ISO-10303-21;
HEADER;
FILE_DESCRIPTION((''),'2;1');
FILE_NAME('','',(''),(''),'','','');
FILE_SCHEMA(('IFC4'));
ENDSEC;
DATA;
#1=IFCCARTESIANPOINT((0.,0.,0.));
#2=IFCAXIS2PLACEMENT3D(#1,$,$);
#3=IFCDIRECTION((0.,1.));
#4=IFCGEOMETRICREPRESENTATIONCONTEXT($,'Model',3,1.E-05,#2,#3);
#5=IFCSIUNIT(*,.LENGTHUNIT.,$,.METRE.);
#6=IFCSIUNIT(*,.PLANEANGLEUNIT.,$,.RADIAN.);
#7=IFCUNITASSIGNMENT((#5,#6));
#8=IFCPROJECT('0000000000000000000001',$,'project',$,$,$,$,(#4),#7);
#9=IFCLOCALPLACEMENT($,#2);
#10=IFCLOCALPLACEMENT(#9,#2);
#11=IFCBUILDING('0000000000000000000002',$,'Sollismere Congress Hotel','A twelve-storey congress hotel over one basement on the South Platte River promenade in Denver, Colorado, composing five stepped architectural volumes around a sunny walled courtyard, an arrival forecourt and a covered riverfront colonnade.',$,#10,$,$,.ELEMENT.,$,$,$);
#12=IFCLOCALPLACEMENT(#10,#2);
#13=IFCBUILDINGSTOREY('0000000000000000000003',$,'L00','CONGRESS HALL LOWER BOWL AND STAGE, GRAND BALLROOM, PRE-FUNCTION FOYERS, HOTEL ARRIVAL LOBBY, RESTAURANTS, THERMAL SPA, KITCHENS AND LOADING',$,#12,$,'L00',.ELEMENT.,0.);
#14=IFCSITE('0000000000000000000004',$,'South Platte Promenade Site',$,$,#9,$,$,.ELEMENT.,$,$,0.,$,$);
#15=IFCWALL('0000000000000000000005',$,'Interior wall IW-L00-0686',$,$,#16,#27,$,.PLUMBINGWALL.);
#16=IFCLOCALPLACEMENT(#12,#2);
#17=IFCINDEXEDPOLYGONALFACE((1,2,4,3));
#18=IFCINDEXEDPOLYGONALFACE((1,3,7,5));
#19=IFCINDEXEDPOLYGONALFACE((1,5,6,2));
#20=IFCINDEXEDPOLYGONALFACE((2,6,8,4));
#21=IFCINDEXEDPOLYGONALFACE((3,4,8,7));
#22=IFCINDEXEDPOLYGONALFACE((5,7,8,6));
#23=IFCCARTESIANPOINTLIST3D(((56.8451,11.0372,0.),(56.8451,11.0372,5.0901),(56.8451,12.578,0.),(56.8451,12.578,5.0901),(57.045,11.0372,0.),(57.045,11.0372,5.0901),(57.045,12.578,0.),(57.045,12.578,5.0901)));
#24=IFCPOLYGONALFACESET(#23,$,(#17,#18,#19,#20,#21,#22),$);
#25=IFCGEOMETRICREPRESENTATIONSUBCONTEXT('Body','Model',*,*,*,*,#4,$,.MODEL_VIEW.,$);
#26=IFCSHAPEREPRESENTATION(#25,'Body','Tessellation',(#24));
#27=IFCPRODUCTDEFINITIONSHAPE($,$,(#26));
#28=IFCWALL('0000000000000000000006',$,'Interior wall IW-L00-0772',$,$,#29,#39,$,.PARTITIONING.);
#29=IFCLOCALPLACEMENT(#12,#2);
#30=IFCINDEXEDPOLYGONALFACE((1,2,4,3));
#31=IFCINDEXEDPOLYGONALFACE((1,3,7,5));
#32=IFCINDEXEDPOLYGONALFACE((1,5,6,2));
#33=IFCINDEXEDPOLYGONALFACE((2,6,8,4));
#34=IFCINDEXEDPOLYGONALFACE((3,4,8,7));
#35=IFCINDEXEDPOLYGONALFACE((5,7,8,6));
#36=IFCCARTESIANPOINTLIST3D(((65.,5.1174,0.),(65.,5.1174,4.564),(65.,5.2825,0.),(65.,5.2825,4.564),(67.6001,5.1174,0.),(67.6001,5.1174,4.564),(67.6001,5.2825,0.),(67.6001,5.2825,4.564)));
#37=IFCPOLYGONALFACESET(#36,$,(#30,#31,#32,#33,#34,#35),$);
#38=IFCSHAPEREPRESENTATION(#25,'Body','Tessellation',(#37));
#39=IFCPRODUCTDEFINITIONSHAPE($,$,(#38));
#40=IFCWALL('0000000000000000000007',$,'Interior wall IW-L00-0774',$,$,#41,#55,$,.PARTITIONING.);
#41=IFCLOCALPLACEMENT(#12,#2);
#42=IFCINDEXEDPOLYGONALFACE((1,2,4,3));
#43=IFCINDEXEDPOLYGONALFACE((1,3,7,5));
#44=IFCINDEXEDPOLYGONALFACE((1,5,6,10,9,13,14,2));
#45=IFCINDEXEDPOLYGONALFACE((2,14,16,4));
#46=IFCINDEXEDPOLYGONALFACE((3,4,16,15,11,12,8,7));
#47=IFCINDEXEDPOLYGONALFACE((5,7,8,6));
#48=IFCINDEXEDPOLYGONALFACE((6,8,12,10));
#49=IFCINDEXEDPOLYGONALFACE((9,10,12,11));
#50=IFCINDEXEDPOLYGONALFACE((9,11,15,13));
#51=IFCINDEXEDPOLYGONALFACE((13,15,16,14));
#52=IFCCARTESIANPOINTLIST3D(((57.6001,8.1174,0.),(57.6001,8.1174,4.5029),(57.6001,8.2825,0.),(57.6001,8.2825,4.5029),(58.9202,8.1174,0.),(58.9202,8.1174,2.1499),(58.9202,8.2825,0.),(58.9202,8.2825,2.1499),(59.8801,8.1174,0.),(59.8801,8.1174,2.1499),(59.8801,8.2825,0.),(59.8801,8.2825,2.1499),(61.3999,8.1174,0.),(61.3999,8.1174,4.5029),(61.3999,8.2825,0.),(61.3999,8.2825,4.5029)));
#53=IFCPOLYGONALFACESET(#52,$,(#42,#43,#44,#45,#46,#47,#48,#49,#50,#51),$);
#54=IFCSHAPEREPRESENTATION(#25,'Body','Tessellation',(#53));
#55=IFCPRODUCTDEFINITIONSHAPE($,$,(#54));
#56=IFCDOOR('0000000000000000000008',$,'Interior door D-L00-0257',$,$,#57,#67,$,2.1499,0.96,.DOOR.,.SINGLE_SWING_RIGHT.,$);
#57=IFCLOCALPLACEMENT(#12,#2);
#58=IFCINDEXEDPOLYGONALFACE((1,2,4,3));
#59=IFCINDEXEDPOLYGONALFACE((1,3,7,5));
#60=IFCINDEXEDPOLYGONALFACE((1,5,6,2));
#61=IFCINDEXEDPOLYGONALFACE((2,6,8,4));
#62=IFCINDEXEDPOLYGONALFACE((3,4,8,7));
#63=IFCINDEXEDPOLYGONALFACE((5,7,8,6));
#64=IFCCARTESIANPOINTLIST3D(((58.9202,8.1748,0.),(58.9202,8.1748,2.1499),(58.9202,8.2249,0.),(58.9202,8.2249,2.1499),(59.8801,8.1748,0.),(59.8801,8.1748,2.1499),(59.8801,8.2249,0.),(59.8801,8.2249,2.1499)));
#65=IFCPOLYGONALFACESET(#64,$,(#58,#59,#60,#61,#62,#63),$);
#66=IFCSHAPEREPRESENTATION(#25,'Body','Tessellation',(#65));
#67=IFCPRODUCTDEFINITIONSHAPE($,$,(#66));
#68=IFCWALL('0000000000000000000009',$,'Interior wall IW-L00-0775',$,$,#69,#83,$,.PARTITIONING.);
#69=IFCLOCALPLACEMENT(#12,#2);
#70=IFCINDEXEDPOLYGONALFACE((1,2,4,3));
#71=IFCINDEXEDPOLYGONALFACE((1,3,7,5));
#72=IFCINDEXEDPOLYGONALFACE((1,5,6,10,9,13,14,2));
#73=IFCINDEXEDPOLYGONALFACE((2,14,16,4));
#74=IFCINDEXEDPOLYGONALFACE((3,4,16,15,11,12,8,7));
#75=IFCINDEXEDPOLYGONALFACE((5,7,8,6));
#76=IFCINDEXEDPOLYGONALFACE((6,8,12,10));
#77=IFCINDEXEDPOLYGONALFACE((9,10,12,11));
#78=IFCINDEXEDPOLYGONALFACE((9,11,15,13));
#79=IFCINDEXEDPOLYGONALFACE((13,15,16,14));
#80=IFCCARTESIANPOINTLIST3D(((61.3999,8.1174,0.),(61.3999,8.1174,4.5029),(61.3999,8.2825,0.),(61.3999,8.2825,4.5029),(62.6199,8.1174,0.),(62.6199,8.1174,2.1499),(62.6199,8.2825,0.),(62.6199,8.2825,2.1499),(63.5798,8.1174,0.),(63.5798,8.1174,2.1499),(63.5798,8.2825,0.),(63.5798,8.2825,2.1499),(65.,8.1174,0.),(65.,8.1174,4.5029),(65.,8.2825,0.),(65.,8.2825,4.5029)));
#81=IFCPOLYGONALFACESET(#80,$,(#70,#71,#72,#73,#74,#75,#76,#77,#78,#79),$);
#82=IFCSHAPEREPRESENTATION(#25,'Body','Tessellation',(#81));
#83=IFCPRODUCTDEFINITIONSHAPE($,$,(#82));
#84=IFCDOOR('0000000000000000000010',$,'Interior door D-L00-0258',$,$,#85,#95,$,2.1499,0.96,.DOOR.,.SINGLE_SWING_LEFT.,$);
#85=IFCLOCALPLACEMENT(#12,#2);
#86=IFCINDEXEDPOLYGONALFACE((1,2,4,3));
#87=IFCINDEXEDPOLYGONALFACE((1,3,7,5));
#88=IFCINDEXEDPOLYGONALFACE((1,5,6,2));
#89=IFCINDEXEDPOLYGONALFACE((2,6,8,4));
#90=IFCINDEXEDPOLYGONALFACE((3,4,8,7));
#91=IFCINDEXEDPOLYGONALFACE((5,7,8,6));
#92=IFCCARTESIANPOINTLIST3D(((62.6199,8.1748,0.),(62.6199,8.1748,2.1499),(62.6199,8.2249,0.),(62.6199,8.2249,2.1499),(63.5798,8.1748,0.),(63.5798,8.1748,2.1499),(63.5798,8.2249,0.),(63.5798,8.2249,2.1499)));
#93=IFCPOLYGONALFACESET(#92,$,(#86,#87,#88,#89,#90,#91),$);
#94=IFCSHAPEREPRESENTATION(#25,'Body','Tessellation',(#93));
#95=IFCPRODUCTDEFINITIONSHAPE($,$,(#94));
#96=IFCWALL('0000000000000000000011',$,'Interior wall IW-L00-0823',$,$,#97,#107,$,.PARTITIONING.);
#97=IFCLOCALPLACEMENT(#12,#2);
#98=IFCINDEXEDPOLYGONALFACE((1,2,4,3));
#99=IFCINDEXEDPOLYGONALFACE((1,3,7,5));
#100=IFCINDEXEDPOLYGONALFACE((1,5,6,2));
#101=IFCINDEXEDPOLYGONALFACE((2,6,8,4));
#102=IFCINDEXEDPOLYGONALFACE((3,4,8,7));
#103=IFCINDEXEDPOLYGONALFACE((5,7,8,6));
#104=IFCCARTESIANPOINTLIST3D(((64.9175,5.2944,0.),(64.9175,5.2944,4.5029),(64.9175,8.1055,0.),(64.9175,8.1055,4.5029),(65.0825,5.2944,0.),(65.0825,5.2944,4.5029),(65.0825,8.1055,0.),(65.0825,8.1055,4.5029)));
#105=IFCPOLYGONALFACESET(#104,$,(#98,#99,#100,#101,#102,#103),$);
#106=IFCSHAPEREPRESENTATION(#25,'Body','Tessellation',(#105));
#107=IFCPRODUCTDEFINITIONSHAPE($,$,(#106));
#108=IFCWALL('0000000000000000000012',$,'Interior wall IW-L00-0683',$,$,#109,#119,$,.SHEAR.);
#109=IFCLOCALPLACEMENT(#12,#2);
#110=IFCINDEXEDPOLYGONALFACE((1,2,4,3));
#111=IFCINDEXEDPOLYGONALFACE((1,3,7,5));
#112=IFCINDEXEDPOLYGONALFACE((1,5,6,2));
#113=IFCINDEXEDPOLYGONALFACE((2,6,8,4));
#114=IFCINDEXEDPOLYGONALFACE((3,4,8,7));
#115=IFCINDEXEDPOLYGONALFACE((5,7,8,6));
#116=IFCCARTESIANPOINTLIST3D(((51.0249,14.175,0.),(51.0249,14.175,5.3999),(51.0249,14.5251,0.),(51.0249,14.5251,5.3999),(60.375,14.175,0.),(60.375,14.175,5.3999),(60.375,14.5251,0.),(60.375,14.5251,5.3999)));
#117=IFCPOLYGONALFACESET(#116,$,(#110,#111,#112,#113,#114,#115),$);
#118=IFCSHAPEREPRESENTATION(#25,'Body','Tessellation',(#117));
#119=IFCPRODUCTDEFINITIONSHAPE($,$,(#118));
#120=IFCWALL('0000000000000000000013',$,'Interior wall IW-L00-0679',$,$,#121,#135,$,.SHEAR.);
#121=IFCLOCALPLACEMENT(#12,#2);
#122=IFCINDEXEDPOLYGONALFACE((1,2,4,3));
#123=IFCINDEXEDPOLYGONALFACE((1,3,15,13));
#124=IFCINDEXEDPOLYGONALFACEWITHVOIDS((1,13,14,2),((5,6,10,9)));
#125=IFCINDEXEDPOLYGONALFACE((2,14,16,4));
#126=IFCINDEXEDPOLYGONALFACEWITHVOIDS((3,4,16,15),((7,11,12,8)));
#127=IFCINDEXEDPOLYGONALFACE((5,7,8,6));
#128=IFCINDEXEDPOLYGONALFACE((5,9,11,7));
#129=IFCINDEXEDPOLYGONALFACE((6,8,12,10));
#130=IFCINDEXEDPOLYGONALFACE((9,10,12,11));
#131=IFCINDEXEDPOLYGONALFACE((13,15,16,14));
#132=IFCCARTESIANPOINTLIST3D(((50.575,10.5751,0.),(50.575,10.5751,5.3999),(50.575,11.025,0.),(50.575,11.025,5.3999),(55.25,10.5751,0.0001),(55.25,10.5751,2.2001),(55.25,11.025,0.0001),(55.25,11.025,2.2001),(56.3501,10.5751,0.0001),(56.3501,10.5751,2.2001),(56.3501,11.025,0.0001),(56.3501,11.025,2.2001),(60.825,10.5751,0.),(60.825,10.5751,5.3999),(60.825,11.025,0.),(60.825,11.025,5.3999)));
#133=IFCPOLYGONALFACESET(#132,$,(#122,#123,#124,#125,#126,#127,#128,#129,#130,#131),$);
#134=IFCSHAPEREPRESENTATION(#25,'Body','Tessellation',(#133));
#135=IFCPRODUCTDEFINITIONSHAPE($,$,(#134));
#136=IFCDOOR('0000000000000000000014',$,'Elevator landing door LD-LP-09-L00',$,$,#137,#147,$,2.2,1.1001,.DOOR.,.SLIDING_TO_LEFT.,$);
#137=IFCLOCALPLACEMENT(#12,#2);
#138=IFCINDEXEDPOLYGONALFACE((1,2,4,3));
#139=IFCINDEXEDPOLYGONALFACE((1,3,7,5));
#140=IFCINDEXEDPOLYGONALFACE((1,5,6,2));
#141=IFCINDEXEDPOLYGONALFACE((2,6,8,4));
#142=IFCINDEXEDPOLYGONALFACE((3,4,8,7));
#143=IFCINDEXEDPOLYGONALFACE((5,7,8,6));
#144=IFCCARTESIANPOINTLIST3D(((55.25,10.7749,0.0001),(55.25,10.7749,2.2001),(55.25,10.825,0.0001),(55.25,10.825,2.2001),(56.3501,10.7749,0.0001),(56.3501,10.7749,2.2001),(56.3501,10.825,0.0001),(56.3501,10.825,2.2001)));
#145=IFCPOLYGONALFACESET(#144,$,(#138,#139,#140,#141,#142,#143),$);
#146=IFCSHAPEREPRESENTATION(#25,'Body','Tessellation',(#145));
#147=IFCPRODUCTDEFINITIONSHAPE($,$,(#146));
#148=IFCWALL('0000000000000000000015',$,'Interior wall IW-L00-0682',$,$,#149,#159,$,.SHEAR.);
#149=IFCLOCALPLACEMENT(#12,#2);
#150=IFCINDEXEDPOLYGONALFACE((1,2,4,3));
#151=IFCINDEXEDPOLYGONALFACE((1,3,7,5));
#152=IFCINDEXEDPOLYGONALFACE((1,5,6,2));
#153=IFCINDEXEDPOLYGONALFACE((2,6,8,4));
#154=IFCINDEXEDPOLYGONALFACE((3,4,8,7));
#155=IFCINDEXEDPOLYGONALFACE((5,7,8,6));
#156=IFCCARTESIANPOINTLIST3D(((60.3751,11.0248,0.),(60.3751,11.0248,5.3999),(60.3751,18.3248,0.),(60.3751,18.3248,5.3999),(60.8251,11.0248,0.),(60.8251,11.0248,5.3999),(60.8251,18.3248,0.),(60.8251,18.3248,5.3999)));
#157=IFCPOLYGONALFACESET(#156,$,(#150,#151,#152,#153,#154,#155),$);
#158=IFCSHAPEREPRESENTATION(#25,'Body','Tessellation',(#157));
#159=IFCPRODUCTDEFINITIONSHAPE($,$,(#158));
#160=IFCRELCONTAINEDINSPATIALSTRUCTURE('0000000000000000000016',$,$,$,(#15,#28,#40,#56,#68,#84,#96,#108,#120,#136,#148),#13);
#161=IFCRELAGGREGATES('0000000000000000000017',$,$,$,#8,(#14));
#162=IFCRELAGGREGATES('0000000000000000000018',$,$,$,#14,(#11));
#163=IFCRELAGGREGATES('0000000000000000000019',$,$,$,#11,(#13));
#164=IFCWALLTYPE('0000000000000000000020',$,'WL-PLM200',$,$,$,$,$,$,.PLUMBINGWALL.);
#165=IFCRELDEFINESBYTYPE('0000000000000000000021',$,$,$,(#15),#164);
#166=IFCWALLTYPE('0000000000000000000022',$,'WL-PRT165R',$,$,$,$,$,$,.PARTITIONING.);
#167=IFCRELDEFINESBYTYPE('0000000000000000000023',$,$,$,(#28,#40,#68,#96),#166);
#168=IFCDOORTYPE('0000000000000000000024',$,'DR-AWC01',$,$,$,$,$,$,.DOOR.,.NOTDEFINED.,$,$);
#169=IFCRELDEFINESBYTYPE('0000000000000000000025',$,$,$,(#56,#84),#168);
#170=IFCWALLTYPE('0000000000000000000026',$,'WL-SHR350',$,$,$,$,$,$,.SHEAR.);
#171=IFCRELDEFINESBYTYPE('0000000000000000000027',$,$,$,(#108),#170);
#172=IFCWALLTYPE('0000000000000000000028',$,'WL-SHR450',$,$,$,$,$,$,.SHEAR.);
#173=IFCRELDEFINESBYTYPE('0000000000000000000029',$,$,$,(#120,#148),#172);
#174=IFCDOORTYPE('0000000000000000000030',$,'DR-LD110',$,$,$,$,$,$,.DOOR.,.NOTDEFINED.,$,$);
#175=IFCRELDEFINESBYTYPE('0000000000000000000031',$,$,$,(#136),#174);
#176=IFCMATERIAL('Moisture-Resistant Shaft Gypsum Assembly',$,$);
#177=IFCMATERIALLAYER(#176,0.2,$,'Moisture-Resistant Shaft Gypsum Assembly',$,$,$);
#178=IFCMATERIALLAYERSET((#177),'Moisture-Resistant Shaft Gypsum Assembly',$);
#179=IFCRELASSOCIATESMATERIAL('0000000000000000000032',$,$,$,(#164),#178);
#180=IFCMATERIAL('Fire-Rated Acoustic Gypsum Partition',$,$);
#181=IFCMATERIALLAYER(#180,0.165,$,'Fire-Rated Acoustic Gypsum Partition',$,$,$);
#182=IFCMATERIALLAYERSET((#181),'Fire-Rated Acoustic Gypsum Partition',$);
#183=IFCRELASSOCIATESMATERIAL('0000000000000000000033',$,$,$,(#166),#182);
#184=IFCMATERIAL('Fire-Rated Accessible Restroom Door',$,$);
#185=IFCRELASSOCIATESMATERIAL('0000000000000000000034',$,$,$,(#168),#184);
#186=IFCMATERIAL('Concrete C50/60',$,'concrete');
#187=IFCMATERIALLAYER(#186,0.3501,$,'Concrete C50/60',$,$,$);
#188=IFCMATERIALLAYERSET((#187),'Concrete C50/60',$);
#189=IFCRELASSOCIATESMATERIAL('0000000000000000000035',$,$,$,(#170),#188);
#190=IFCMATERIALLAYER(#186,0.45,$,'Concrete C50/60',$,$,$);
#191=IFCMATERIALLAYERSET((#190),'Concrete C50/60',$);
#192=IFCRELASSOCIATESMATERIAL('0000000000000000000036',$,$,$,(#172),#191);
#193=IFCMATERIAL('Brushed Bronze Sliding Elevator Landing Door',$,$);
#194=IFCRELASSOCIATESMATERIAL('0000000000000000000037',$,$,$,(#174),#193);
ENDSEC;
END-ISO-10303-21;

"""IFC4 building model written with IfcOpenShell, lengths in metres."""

from ifc_helpers import new_model, si_unit, direction, frame, frame_2d, origin, place, context, subcontext, project, spatial, rectangle, extrude, material, layer, layer_set, type_object, element, fill, save


model = new_model("IFC4")

# Units and contexts
model_context = context("Model", 3, precision=1e-05, world=origin(), true_north=direction((0.0, 1.0)))
body_context = subcontext(model_context, "Body", "Model", "MODEL_VIEW")
ifc_project = project(units=[si_unit("LENGTHUNIT", "METRE"), si_unit("PLANEANGLEUNIT", "RADIAN")], contexts=[model_context])

# Site, building, storey
site_placement = place(None, origin())
site = spatial("IfcSite", under=ifc_project, at=site_placement, Name="South Platte Promenade Site", CompositionType="ELEMENT", RefElevation=0.0)
building_placement = place(site_placement, origin())
building = spatial("IfcBuilding", under=site, at=building_placement, Name="Sollismere Congress Hotel", Description="A twelve-storey congress hotel over one basement on the South Platte River promenade in Denver, Colorado, composing five stepped architectural volumes around a sunny walled courtyard, an arrival forecourt and a covered riverfront colonnade.", CompositionType="ELEMENT")
storey_placement = place(building_placement, origin())
storey = spatial("IfcBuildingStorey", under=building, at=storey_placement, Name="L00", Description="CONGRESS HALL LOWER BOWL AND STAGE, GRAND BALLROOM, PRE-FUNCTION FOYERS, HOTEL ARRIVAL LOBBY, RESTAURANTS, THERMAL SPA, KITCHENS AND LOADING", LongName="L00", CompositionType="ELEMENT", Elevation=0.0)

# Walls
ifc_material_1 = material(Name="Moisture-Resistant Shaft Gypsum Assembly")
ifc_layer_1 = layer(ifc_material_1, 0.2, Name="Moisture-Resistant Shaft Gypsum Assembly")
ifc_layer_set_1 = layer_set([ifc_layer_1], Name="Moisture-Resistant Shaft Gypsum Assembly")
wall_type_1 = type_object("IfcWallType", Name="WL-PLM200", PredefinedType="PLUMBINGWALL", material=ifc_layer_set_1)
for number, where, z_axis, x_axis, name in (
    (1, (56.9451, 11.0371, 0.0), (0.0, 0.0, 1.0), (0.0, 1.0, 0.0), "Interior wall IW-L00-0686"),
):
    element("IfcWall", number, at=place(storey_placement, frame(where, z_axis=z_axis, x_axis=x_axis)), inside=storey, type_object=wall_type_1, Name=name, PredefinedType="PLUMBINGWALL", context=body_context, shape_type="SweptSolid", body=[
        extrude(rectangle(XDim=1.5408, YDim=0.2, at=frame_2d((0.7705, 0.0))), origin(), (0.0, 0.0, 1.0), 5.0901),
    ])
ifc_material_2 = material(Name="Fire-Rated Acoustic Gypsum Partition")
ifc_layer_2 = layer(ifc_material_2, 0.165, Name="Fire-Rated Acoustic Gypsum Partition")
ifc_layer_set_2 = layer_set([ifc_layer_2], Name="Fire-Rated Acoustic Gypsum Partition")
wall_type_2 = type_object("IfcWallType", Name="WL-PRT165R", PredefinedType="PARTITIONING", material=ifc_layer_set_2)
wall_1_placement = place(storey_placement, frame((65.0, 5.2, 0.0), z_axis=(0.0, 0.0, 1.0), x_axis=(1.0, 0.0, 0.0)))
element("IfcWall", 2, at=wall_1_placement, inside=storey, type_object=wall_type_2, Name="Interior wall IW-L00-0772", PredefinedType="PARTITIONING", context=body_context, shape_type="SweptSolid", body=[
    extrude(rectangle(XDim=2.6001, YDim=0.165, at=frame_2d((1.3, 0.0))), origin(), (0.0, 0.0, 1.0), 4.564),
])

# Walls, openings, doors
wall_2_placement = place(storey_placement, frame((57.6001, 8.2, 0.0), z_axis=(0.0, 0.0, 1.0), x_axis=(1.0, 0.0, 0.0)))
wall_2 = element("IfcWall", 3, at=wall_2_placement, inside=storey, type_object=wall_type_2, Name="Interior wall IW-L00-0774", PredefinedType="PARTITIONING", context=body_context, shape_type="SweptSolid", body=[
    extrude(rectangle(XDim=3.7998, YDim=0.165, at=frame_2d((1.8999, 0.0))), origin(), (0.0, 0.0, 1.0), 4.5029),
])
opening_1_placement = place(wall_2_placement, frame((1.3201, 0.0, 0.0)))
opening_1 = element("IfcOpeningElement", 4, at=opening_1_placement, cuts=wall_2, PredefinedType="OPENING", context=body_context, shape_type="SweptSolid", body=[
    extrude(rectangle(XDim=0.96, YDim=2.1499, at=frame_2d((0.48, 1.075))), frame((0.0, 0.0925, 0.0), z_axis=(0.0, -1.0, 0.0), x_axis=(1.0, 0.0, 0.0)), (0.0, 0.0, 1.0), 0.1851),
])
ifc_material_3 = material(Name="Fire-Rated Accessible Restroom Door")
door_type_1 = type_object("IfcDoorType", Name="DR-AWC01", OperationType="NOTDEFINED", PredefinedType="DOOR", material=ifc_material_3)
door_1_placement = place(opening_1_placement, origin())
door_1 = element("IfcDoor", 5, at=door_1_placement, inside=storey, type_object=door_type_1, Name="Interior door D-L00-0257", OperationType="SINGLE_SWING_RIGHT", OverallHeight=2.1499, OverallWidth=0.96, PredefinedType="DOOR", context=body_context, shape_type="SweptSolid", body=[
    extrude(rectangle(XDim=0.96, YDim=2.1499, at=frame_2d((0.48, 1.075))), frame((0.0, 0.0249, 0.0), z_axis=(0.0, -1.0, 0.0), x_axis=(1.0, 0.0, 0.0)), (0.0, 0.0, 1.0), 0.05),
])
fill(opening_1, door_1)
wall_3_placement = place(storey_placement, frame((61.3999, 8.2, 0.0), z_axis=(0.0, 0.0, 1.0), x_axis=(1.0, 0.0, 0.0)))
wall_3 = element("IfcWall", 6, at=wall_3_placement, inside=storey, type_object=wall_type_2, Name="Interior wall IW-L00-0775", PredefinedType="PARTITIONING", context=body_context, shape_type="SweptSolid", body=[
    extrude(rectangle(XDim=3.6001, YDim=0.165, at=frame_2d((1.8, 0.0))), origin(), (0.0, 0.0, 1.0), 4.5029),
])
opening_2_placement = place(wall_3_placement, frame((1.22, 0.0, 0.0)))
opening_2 = element("IfcOpeningElement", 7, at=opening_2_placement, cuts=wall_3, PredefinedType="OPENING", context=body_context, shape_type="SweptSolid", body=[
    extrude(rectangle(XDim=0.96, YDim=2.1499, at=frame_2d((0.48, 1.075))), frame((0.0, 0.0925, 0.0), z_axis=(0.0, -1.0, 0.0), x_axis=(1.0, 0.0, 0.0)), (0.0, 0.0, 1.0), 0.1851),
])
door_2_placement = place(opening_2_placement, origin())
door_2 = element("IfcDoor", 8, at=door_2_placement, inside=storey, type_object=door_type_1, Name="Interior door D-L00-0258", OperationType="SINGLE_SWING_LEFT", OverallHeight=2.1499, OverallWidth=0.96, PredefinedType="DOOR", context=body_context, shape_type="SweptSolid", body=[
    extrude(rectangle(XDim=0.96, YDim=2.1499, at=frame_2d((0.48, 1.075))), frame((0.0, 0.0249, 0.0), z_axis=(0.0, -1.0, 0.0), x_axis=(1.0, 0.0, 0.0)), (0.0, 0.0, 1.0), 0.05),
])
fill(opening_2, door_2)

# Walls
wall_4_placement = place(storey_placement, frame((65.0, 5.2944, 0.0), z_axis=(0.0, 0.0, 1.0), x_axis=(0.0, 1.0, 0.0)))
element("IfcWall", 9, at=wall_4_placement, inside=storey, type_object=wall_type_2, Name="Interior wall IW-L00-0823", PredefinedType="PARTITIONING", context=body_context, shape_type="SweptSolid", body=[
    extrude(rectangle(XDim=2.811, YDim=0.165, at=frame_2d((1.4055, 0.0))), origin(), (0.0, 0.0, 1.0), 4.5029),
])
ifc_material_4 = material(Name="Concrete C50/60", Category="concrete")
ifc_layer_3 = layer(ifc_material_4, 0.3501, Name="Concrete C50/60")
ifc_layer_set_3 = layer_set([ifc_layer_3], Name="Concrete C50/60")
wall_type_3 = type_object("IfcWallType", Name="WL-SHR350", PredefinedType="SHEAR", material=ifc_layer_set_3)
wall_5_placement = place(storey_placement, frame((51.0249, 14.3501, 0.0), z_axis=(0.0, 0.0, 1.0), x_axis=(1.0, 0.0, 0.0)))
element("IfcWall", 10, at=wall_5_placement, inside=storey, type_object=wall_type_3, Name="Interior wall IW-L00-0683", PredefinedType="SHEAR", context=body_context, shape_type="SweptSolid", body=[
    extrude(rectangle(XDim=9.3501, YDim=0.3501, at=frame_2d((4.675, 0.0))), origin(), (0.0, 0.0, 1.0), 5.3999),
])

# Wall, opening, door
ifc_layer_4 = layer(ifc_material_4, 0.45, Name="Concrete C50/60")
ifc_layer_set_4 = layer_set([ifc_layer_4], Name="Concrete C50/60")
wall_type_4 = type_object("IfcWallType", Name="WL-SHR450", PredefinedType="SHEAR", material=ifc_layer_set_4)
wall_6_placement = place(storey_placement, frame((50.575, 10.8, 0.0), z_axis=(0.0, 0.0, 1.0), x_axis=(1.0, 0.0, 0.0)))
wall_6 = element("IfcWall", 11, at=wall_6_placement, inside=storey, type_object=wall_type_4, Name="Interior wall IW-L00-0679", PredefinedType="SHEAR", context=body_context, shape_type="SweptSolid", body=[
    extrude(rectangle(XDim=10.25, YDim=0.45, at=frame_2d((5.125, 0.0))), origin(), (0.0, 0.0, 1.0), 5.3999),
])
opening_3_placement = place(wall_6_placement, frame((4.675, 0.0, 0.0)))
opening_3 = element("IfcOpeningElement", 12, at=opening_3_placement, cuts=wall_6, PredefinedType="OPENING", context=body_context, shape_type="SweptSolid", body=[
    extrude(rectangle(XDim=1.1001, YDim=2.2, at=frame_2d((0.55, 1.1001))), frame((0.0, 0.2349, 0.0), z_axis=(0.0, -1.0, 0.0), x_axis=(1.0, 0.0, 0.0)), (0.0, 0.0, 1.0), 0.47),
])
ifc_material_5 = material(Name="Brushed Bronze Sliding Elevator Landing Door")
door_type_2 = type_object("IfcDoorType", Name="DR-LD110", OperationType="NOTDEFINED", PredefinedType="DOOR", material=ifc_material_5)
door_3_placement = place(opening_3_placement, origin())
door_3 = element("IfcDoor", 13, at=door_3_placement, inside=storey, type_object=door_type_2, Name="Elevator landing door LD-LP-09-L00", OperationType="SLIDING_TO_LEFT", OverallHeight=2.2, OverallWidth=1.1001, PredefinedType="DOOR", context=body_context, shape_type="SweptSolid", body=[
    extrude(rectangle(XDim=1.1001, YDim=2.2, at=frame_2d((0.55, 1.1001))), frame((0.0, 0.0249, 0.0), z_axis=(0.0, -1.0, 0.0), x_axis=(1.0, 0.0, 0.0)), (0.0, 0.0, 1.0), 0.05),
])
fill(opening_3, door_3)

# Wall
wall_7_placement = place(storey_placement, frame((60.6001, 11.0249, 0.0), z_axis=(0.0, 0.0, 1.0), x_axis=(0.0, 1.0, 0.0)))
element("IfcWall", 14, at=wall_7_placement, inside=storey, type_object=wall_type_4, Name="Interior wall IW-L00-0682", PredefinedType="SHEAR", context=body_context, shape_type="SweptSolid", body=[
    extrude(rectangle(XDim=7.3, YDim=0.45, at=frame_2d((3.6499, 0.0))), origin(), (0.0, 0.0, 1.0), 5.3999),
])

save(model, "model.ifc")
